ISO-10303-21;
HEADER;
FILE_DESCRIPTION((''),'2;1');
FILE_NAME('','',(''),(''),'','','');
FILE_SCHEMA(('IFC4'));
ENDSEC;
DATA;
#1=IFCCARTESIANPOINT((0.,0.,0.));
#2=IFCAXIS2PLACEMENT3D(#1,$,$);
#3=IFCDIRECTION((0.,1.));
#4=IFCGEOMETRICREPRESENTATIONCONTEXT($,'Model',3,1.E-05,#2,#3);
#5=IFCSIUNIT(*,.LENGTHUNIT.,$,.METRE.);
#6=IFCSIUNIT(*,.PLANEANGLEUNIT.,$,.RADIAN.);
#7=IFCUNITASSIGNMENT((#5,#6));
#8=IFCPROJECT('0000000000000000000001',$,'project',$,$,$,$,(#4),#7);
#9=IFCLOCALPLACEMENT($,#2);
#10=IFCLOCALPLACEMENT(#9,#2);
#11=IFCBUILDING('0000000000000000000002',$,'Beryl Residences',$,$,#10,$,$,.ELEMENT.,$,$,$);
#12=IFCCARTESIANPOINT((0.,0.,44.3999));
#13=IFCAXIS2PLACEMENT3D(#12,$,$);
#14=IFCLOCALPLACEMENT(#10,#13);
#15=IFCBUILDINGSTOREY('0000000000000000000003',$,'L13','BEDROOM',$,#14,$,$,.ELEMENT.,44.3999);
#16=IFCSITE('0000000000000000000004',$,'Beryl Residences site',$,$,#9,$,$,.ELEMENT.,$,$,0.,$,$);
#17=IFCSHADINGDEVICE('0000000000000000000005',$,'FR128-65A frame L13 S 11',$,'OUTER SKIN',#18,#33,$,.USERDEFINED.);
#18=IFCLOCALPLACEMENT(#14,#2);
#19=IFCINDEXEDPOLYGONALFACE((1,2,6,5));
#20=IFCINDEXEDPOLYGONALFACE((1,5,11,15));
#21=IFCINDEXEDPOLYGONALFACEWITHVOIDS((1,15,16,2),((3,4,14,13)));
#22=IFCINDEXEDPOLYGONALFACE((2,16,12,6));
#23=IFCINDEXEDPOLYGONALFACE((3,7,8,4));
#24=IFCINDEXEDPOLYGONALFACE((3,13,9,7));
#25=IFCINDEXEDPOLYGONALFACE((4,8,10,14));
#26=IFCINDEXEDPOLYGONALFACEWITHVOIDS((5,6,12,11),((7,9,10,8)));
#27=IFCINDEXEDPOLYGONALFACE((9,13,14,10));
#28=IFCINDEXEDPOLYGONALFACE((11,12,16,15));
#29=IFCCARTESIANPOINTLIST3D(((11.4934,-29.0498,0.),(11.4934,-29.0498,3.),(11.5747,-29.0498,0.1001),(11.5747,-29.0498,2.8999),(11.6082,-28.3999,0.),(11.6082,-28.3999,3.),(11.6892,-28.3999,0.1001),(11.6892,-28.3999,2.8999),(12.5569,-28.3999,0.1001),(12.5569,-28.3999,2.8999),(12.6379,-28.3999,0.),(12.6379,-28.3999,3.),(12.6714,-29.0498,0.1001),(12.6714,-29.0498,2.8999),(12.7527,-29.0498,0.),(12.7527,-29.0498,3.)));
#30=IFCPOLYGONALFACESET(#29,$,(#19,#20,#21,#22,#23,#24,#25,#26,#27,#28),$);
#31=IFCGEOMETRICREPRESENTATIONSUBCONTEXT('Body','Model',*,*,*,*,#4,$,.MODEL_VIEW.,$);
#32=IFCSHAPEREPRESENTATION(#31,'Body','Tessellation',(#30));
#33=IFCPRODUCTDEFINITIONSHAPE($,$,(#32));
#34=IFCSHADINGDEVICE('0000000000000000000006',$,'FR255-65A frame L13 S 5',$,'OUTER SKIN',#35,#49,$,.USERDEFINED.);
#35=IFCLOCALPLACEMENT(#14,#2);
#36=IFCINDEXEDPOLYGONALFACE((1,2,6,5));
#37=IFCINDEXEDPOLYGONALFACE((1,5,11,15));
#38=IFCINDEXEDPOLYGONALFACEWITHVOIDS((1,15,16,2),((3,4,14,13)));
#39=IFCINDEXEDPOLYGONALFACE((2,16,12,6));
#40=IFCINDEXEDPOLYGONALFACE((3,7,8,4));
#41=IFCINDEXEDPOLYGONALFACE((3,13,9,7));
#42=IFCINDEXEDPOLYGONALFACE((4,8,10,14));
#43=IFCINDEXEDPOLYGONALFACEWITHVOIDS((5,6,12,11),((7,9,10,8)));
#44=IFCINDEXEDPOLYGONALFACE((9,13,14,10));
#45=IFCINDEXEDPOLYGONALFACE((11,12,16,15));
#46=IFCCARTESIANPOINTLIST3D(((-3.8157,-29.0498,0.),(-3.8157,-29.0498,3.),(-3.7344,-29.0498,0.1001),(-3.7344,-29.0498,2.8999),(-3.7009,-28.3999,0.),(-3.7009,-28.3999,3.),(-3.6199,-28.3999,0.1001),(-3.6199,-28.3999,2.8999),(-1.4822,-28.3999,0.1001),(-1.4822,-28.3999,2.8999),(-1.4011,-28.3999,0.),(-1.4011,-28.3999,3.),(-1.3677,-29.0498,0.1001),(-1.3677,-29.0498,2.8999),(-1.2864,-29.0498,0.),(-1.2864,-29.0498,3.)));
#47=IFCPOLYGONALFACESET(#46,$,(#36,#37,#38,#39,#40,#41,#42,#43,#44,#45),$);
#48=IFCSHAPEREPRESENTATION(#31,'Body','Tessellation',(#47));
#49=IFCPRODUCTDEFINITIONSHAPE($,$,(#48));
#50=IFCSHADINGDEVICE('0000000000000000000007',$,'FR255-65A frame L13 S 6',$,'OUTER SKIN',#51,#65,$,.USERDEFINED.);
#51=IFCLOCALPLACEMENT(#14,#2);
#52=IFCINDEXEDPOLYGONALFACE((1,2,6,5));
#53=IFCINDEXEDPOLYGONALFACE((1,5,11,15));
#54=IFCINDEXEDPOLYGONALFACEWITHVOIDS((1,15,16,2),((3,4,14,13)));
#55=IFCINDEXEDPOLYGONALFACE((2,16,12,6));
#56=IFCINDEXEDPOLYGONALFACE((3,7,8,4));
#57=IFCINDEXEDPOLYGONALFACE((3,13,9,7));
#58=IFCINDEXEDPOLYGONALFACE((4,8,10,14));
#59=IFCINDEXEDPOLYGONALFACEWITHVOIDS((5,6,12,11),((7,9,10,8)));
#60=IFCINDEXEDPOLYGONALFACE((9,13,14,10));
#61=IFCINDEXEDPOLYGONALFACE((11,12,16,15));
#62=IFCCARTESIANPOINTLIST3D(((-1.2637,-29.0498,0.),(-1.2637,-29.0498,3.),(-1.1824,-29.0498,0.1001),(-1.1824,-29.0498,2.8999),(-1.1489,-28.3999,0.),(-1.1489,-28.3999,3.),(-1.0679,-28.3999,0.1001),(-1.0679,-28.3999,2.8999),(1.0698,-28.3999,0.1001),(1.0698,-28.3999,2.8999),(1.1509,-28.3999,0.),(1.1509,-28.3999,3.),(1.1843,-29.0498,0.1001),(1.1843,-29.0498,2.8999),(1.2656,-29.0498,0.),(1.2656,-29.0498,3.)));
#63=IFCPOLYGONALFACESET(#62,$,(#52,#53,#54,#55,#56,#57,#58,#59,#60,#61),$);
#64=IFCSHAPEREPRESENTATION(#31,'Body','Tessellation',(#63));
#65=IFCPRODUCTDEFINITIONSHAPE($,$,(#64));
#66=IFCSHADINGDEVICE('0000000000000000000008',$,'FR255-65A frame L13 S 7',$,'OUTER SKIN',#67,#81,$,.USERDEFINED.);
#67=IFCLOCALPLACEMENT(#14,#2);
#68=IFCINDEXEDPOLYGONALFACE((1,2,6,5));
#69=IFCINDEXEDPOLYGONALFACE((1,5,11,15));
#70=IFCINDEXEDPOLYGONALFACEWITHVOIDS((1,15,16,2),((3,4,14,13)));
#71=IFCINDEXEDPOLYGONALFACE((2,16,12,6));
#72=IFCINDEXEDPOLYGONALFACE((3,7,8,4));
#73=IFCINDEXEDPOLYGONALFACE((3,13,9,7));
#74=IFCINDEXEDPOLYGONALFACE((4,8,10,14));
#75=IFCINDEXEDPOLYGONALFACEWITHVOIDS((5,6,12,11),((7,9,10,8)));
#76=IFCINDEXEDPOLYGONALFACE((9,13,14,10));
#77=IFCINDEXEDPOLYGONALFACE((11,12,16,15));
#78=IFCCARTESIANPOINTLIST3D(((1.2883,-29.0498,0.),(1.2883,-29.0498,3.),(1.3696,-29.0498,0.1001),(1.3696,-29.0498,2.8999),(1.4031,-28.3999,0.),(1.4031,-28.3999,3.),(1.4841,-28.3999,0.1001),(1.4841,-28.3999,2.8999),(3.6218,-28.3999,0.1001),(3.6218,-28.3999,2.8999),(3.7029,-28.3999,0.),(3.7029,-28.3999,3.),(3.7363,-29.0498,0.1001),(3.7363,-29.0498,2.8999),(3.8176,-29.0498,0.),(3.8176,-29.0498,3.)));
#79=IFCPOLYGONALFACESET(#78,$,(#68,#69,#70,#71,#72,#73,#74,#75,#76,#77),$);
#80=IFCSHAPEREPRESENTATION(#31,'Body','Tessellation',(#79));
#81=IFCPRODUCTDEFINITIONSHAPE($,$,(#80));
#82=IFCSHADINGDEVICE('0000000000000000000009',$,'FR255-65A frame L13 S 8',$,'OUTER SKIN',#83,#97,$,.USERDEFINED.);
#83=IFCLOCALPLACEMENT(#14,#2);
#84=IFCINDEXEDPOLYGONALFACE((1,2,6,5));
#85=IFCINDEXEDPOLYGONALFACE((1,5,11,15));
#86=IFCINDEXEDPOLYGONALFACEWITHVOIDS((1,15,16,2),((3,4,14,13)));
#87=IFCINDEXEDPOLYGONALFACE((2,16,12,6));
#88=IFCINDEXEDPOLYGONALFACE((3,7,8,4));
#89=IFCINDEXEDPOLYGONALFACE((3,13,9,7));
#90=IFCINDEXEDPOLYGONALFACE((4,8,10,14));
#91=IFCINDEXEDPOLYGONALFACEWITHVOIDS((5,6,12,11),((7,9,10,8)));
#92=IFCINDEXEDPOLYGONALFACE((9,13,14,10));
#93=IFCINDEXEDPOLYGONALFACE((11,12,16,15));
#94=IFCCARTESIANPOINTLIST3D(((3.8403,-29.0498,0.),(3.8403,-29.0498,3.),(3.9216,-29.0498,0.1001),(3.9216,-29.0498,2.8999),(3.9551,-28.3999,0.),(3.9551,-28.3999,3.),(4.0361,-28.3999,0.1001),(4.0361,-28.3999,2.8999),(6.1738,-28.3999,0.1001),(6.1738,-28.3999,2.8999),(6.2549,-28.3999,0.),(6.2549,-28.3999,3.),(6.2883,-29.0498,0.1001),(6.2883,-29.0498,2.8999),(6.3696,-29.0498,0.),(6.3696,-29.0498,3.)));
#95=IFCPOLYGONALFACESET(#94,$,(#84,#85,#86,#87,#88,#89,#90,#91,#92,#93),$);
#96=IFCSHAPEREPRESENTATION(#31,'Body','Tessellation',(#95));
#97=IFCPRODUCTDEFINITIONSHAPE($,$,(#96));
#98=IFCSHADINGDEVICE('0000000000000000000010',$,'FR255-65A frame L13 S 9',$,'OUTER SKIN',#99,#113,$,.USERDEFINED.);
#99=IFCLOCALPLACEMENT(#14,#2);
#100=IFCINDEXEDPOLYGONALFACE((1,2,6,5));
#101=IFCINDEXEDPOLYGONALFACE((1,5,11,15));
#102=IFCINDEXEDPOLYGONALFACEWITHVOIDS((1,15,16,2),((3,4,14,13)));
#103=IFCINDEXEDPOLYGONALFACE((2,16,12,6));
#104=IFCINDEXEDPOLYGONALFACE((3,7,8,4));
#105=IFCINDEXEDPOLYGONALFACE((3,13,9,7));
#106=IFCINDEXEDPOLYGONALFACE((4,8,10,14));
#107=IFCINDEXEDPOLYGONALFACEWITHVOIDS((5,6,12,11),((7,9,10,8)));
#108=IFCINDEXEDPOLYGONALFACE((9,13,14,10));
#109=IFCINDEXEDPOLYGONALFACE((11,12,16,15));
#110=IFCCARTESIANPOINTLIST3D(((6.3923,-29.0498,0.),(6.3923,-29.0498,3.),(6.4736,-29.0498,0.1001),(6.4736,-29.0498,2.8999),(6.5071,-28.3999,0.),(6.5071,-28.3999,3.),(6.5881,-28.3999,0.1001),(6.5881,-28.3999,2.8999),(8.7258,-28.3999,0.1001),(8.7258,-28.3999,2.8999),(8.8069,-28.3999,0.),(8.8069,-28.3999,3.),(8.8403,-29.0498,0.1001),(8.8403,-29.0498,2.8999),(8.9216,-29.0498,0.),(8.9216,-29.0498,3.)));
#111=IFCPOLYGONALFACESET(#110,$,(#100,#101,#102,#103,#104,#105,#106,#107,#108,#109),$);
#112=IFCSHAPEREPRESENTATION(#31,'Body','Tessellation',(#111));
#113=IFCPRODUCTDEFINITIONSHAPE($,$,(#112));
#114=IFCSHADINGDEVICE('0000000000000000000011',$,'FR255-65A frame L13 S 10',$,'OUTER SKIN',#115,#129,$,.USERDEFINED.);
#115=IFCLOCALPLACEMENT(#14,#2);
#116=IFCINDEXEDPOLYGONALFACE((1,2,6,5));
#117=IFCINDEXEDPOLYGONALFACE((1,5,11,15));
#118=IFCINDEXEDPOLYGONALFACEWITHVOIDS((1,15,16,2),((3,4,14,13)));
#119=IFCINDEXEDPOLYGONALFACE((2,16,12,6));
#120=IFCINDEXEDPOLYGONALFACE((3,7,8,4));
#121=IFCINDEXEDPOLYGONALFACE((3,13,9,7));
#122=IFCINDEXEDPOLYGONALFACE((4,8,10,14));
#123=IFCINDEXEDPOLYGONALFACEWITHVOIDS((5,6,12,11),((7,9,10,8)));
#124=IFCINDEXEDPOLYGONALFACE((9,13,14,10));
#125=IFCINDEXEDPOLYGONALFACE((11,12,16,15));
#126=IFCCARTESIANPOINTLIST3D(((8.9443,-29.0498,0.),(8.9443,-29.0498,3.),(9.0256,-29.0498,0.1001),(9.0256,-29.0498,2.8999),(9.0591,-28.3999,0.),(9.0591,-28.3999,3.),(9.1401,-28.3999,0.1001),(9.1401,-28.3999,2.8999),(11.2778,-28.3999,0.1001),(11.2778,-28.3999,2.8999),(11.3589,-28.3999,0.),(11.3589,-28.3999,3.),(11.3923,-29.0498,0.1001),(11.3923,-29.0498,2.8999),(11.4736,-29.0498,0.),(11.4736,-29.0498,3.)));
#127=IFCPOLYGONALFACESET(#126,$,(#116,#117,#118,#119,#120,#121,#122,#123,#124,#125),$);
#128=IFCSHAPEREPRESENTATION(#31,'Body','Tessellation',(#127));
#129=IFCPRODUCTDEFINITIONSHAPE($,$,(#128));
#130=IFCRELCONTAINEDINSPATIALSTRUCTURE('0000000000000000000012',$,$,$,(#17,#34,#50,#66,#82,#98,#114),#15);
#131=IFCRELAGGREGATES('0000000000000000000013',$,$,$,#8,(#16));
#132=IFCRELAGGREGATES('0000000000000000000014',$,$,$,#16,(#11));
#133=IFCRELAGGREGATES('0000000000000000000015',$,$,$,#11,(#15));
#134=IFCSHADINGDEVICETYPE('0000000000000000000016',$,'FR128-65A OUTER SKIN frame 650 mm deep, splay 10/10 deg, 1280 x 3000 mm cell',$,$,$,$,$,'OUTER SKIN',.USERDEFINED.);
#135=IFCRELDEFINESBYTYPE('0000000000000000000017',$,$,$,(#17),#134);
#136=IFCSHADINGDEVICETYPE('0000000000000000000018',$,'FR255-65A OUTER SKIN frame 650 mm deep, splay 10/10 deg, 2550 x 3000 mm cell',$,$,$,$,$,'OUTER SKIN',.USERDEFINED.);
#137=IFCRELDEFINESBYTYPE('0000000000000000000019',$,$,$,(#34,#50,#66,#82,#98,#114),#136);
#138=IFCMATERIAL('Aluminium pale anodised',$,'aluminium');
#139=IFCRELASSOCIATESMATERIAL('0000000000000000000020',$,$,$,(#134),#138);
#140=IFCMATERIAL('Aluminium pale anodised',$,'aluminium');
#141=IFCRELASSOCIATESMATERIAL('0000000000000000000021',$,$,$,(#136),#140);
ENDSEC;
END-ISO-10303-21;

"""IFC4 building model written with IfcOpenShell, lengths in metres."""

from ifc_helpers import new_model, entity, si_unit, direction, frame, origin, place, context, subcontext, project, spatial, source, transform, mapped, material, type_object, type_shapes, element, save


model = new_model("IFC4")

# Units and contexts
model_context = context("Model", 3, precision=1e-05, world=origin(), true_north=direction((0.0, 1.0)))
body_context = subcontext(model_context, "Body", "Model", "MODEL_VIEW")
ifc_project = project(units=[si_unit("LENGTHUNIT", "METRE"), si_unit("PLANEANGLEUNIT", "RADIAN")], contexts=[model_context])

# Site, building, storey
site_placement = place(None, origin())
site = spatial("IfcSite", under=ifc_project, at=site_placement, Name="Beryl Residences site", CompositionType="ELEMENT", RefElevation=0.0)
building_placement = place(site_placement, origin())
building = spatial("IfcBuilding", under=site, at=building_placement, Name="Beryl Residences", CompositionType="ELEMENT")
storey_placement = place(building_placement, frame((0.0, 0.0, 44.3999)))
storey = spatial("IfcBuildingStorey", under=building, at=storey_placement, Name="L13", Description="BEDROOM", CompositionType="ELEMENT", Elevation=44.3999)

# Shading devices
ifc_material_1 = material(Name="Aluminium pale anodised", Category="aluminium")
shading_device_type_1 = type_object("IfcShadingDeviceType", Name="FR128-65A OUTER SKIN frame 650 mm deep, splay 10/10 deg, 1280 x 3000 mm cell", ElementType="OUTER SKIN", PredefinedType="USERDEFINED", material=ifc_material_1)
cartesian_point_1 = entity("IfcCartesianPoint", [-0.5149, 0.0])
cartesian_point_2 = entity("IfcCartesianPoint", [-0.4338, 0.1001])
cartesian_point_3 = entity("IfcCartesianPoint", [-0.6296, 0.0])
cartesian_point_4 = entity("IfcCartesianPoint", [-0.5483, 0.1001])
shared_shape_1 = source(origin(), body_context, "Body", "SweptSolid", [
    entity("IfcExtrudedAreaSolidTapered", entity("IfcArbitraryProfileDefWithVoids", "AREA", None, entity("IfcPolyline", [cartesian_point_1, entity("IfcCartesianPoint", [0.5149, 0.0]), entity("IfcCartesianPoint", [0.5149, 3.0]), entity("IfcCartesianPoint", [-0.5149, 3.0]), cartesian_point_1]), [entity("IfcPolyline", [cartesian_point_2, entity("IfcCartesianPoint", [0.4338, 0.1001]), entity("IfcCartesianPoint", [0.4338, 2.8999]), entity("IfcCartesianPoint", [-0.4338, 2.8999]), cartesian_point_2])]), entity("IfcAxis2Placement3D", entity("IfcCartesianPoint", [0.0, 0.0, 0.0]), entity("IfcDirection", [0.0, 1.0, 0.0]), entity("IfcDirection", [-1.0, 0.0, 0.0])), entity("IfcDirection", [0.0, 0.0, 1.0]), 0.6499, entity("IfcArbitraryProfileDefWithVoids", "AREA", None, entity("IfcPolyline", [cartesian_point_3, entity("IfcCartesianPoint", [0.6296, 0.0]), entity("IfcCartesianPoint", [0.6296, 3.0]), entity("IfcCartesianPoint", [-0.6296, 3.0]), cartesian_point_3]), [entity("IfcPolyline", [cartesian_point_4, entity("IfcCartesianPoint", [0.5483, 0.1001]), entity("IfcCartesianPoint", [0.5483, 2.8999]), entity("IfcCartesianPoint", [-0.5483, 2.8999]), cartesian_point_4])])),
])
type_shapes(shading_device_type_1, [shared_shape_1])
shading_device_placement = place(storey_placement, frame((12.123, -28.3999, 0.0), z_axis=(0.0, 0.0, 1.0), x_axis=(-1.0, 0.0, 0.0)))
element("IfcShadingDevice", 1, at=shading_device_placement, inside=storey, type_object=shading_device_type_1, Name="FR128-65A frame L13 S 11", ObjectType="OUTER SKIN", PredefinedType="USERDEFINED", context=body_context, shape_type="MappedRepresentation", body=[
    mapped(shared_shape_1, transform((0.0, 0.0, 0.0))),
])
ifc_material_2 = material(Name="Aluminium pale anodised", Category="aluminium")
shading_device_type_2 = type_object("IfcShadingDeviceType", Name="FR255-65A OUTER SKIN frame 650 mm deep, splay 10/10 deg, 2550 x 3000 mm cell", ElementType="OUTER SKIN", PredefinedType="USERDEFINED", material=ifc_material_2)
cartesian_point_5 = entity("IfcCartesianPoint", [-1.1499, 0.0])
cartesian_point_6 = entity("IfcCartesianPoint", [-1.0688, 0.1001])
cartesian_point_7 = entity("IfcCartesianPoint", [-1.2646, 0.0])
cartesian_point_8 = entity("IfcCartesianPoint", [-1.1833, 0.1001])
shared_shape_2 = source(origin(), body_context, "Body", "SweptSolid", [
    entity("IfcExtrudedAreaSolidTapered", entity("IfcArbitraryProfileDefWithVoids", "AREA", None, entity("IfcPolyline", [cartesian_point_5, entity("IfcCartesianPoint", [1.1499, 0.0]), entity("IfcCartesianPoint", [1.1499, 3.0]), entity("IfcCartesianPoint", [-1.1499, 3.0]), cartesian_point_5]), [entity("IfcPolyline", [cartesian_point_6, entity("IfcCartesianPoint", [1.0688, 0.1001]), entity("IfcCartesianPoint", [1.0688, 2.8999]), entity("IfcCartesianPoint", [-1.0688, 2.8999]), cartesian_point_6])]), entity("IfcAxis2Placement3D", entity("IfcCartesianPoint", [0.0, 0.0, 0.0]), entity("IfcDirection", [0.0, 1.0, 0.0]), entity("IfcDirection", [-1.0, 0.0, 0.0])), entity("IfcDirection", [0.0, 0.0, 1.0]), 0.6499, entity("IfcArbitraryProfileDefWithVoids", "AREA", None, entity("IfcPolyline", [cartesian_point_7, entity("IfcCartesianPoint", [1.2646, 0.0]), entity("IfcCartesianPoint", [1.2646, 3.0]), entity("IfcCartesianPoint", [-1.2646, 3.0]), cartesian_point_7]), [entity("IfcPolyline", [cartesian_point_8, entity("IfcCartesianPoint", [1.1833, 0.1001]), entity("IfcCartesianPoint", [1.1833, 2.8999]), entity("IfcCartesianPoint", [-1.1833, 2.8999]), cartesian_point_8])])),
])
type_shapes(shading_device_type_2, [shared_shape_2])
for number, where, z_axis, x_axis, name in (
    (2, (-2.551, -28.3999, 0.0), (0.0, 0.0, 1.0), (-1.0, 0.0, 0.0), "FR255-65A frame L13 S 5"),
    (3, (0.001, -28.3999, 0.0), (0.0, 0.0, 1.0), (-1.0, 0.0, 0.0), "FR255-65A frame L13 S 6"),
    (4, (2.553, -28.3999, 0.0), (0.0, 0.0, 1.0), (-1.0, 0.0, 0.0), "FR255-65A frame L13 S 7"),
    (5, (5.105, -28.3999, 0.0), (0.0, 0.0, 1.0), (-1.0, 0.0, 0.0), "FR255-65A frame L13 S 8"),
    (6, (7.657, -28.3999, 0.0), (0.0, 0.0, 1.0), (-1.0, 0.0, 0.0), "FR255-65A frame L13 S 9"),
    (7, (10.209, -28.3999, 0.0), (0.0, 0.0, 1.0), (-1.0, 0.0, 0.0), "FR255-65A frame L13 S 10"),
):
    element("IfcShadingDevice", number, at=place(storey_placement, frame(where, z_axis=z_axis, x_axis=x_axis)), inside=storey, type_object=shading_device_type_2, Name=name, ObjectType="OUTER SKIN", PredefinedType="USERDEFINED", context=body_context, shape_type="MappedRepresentation", body=[
        mapped(shared_shape_2, transform((0.0, 0.0, 0.0))),
    ])

save(model, "model.ifc")
